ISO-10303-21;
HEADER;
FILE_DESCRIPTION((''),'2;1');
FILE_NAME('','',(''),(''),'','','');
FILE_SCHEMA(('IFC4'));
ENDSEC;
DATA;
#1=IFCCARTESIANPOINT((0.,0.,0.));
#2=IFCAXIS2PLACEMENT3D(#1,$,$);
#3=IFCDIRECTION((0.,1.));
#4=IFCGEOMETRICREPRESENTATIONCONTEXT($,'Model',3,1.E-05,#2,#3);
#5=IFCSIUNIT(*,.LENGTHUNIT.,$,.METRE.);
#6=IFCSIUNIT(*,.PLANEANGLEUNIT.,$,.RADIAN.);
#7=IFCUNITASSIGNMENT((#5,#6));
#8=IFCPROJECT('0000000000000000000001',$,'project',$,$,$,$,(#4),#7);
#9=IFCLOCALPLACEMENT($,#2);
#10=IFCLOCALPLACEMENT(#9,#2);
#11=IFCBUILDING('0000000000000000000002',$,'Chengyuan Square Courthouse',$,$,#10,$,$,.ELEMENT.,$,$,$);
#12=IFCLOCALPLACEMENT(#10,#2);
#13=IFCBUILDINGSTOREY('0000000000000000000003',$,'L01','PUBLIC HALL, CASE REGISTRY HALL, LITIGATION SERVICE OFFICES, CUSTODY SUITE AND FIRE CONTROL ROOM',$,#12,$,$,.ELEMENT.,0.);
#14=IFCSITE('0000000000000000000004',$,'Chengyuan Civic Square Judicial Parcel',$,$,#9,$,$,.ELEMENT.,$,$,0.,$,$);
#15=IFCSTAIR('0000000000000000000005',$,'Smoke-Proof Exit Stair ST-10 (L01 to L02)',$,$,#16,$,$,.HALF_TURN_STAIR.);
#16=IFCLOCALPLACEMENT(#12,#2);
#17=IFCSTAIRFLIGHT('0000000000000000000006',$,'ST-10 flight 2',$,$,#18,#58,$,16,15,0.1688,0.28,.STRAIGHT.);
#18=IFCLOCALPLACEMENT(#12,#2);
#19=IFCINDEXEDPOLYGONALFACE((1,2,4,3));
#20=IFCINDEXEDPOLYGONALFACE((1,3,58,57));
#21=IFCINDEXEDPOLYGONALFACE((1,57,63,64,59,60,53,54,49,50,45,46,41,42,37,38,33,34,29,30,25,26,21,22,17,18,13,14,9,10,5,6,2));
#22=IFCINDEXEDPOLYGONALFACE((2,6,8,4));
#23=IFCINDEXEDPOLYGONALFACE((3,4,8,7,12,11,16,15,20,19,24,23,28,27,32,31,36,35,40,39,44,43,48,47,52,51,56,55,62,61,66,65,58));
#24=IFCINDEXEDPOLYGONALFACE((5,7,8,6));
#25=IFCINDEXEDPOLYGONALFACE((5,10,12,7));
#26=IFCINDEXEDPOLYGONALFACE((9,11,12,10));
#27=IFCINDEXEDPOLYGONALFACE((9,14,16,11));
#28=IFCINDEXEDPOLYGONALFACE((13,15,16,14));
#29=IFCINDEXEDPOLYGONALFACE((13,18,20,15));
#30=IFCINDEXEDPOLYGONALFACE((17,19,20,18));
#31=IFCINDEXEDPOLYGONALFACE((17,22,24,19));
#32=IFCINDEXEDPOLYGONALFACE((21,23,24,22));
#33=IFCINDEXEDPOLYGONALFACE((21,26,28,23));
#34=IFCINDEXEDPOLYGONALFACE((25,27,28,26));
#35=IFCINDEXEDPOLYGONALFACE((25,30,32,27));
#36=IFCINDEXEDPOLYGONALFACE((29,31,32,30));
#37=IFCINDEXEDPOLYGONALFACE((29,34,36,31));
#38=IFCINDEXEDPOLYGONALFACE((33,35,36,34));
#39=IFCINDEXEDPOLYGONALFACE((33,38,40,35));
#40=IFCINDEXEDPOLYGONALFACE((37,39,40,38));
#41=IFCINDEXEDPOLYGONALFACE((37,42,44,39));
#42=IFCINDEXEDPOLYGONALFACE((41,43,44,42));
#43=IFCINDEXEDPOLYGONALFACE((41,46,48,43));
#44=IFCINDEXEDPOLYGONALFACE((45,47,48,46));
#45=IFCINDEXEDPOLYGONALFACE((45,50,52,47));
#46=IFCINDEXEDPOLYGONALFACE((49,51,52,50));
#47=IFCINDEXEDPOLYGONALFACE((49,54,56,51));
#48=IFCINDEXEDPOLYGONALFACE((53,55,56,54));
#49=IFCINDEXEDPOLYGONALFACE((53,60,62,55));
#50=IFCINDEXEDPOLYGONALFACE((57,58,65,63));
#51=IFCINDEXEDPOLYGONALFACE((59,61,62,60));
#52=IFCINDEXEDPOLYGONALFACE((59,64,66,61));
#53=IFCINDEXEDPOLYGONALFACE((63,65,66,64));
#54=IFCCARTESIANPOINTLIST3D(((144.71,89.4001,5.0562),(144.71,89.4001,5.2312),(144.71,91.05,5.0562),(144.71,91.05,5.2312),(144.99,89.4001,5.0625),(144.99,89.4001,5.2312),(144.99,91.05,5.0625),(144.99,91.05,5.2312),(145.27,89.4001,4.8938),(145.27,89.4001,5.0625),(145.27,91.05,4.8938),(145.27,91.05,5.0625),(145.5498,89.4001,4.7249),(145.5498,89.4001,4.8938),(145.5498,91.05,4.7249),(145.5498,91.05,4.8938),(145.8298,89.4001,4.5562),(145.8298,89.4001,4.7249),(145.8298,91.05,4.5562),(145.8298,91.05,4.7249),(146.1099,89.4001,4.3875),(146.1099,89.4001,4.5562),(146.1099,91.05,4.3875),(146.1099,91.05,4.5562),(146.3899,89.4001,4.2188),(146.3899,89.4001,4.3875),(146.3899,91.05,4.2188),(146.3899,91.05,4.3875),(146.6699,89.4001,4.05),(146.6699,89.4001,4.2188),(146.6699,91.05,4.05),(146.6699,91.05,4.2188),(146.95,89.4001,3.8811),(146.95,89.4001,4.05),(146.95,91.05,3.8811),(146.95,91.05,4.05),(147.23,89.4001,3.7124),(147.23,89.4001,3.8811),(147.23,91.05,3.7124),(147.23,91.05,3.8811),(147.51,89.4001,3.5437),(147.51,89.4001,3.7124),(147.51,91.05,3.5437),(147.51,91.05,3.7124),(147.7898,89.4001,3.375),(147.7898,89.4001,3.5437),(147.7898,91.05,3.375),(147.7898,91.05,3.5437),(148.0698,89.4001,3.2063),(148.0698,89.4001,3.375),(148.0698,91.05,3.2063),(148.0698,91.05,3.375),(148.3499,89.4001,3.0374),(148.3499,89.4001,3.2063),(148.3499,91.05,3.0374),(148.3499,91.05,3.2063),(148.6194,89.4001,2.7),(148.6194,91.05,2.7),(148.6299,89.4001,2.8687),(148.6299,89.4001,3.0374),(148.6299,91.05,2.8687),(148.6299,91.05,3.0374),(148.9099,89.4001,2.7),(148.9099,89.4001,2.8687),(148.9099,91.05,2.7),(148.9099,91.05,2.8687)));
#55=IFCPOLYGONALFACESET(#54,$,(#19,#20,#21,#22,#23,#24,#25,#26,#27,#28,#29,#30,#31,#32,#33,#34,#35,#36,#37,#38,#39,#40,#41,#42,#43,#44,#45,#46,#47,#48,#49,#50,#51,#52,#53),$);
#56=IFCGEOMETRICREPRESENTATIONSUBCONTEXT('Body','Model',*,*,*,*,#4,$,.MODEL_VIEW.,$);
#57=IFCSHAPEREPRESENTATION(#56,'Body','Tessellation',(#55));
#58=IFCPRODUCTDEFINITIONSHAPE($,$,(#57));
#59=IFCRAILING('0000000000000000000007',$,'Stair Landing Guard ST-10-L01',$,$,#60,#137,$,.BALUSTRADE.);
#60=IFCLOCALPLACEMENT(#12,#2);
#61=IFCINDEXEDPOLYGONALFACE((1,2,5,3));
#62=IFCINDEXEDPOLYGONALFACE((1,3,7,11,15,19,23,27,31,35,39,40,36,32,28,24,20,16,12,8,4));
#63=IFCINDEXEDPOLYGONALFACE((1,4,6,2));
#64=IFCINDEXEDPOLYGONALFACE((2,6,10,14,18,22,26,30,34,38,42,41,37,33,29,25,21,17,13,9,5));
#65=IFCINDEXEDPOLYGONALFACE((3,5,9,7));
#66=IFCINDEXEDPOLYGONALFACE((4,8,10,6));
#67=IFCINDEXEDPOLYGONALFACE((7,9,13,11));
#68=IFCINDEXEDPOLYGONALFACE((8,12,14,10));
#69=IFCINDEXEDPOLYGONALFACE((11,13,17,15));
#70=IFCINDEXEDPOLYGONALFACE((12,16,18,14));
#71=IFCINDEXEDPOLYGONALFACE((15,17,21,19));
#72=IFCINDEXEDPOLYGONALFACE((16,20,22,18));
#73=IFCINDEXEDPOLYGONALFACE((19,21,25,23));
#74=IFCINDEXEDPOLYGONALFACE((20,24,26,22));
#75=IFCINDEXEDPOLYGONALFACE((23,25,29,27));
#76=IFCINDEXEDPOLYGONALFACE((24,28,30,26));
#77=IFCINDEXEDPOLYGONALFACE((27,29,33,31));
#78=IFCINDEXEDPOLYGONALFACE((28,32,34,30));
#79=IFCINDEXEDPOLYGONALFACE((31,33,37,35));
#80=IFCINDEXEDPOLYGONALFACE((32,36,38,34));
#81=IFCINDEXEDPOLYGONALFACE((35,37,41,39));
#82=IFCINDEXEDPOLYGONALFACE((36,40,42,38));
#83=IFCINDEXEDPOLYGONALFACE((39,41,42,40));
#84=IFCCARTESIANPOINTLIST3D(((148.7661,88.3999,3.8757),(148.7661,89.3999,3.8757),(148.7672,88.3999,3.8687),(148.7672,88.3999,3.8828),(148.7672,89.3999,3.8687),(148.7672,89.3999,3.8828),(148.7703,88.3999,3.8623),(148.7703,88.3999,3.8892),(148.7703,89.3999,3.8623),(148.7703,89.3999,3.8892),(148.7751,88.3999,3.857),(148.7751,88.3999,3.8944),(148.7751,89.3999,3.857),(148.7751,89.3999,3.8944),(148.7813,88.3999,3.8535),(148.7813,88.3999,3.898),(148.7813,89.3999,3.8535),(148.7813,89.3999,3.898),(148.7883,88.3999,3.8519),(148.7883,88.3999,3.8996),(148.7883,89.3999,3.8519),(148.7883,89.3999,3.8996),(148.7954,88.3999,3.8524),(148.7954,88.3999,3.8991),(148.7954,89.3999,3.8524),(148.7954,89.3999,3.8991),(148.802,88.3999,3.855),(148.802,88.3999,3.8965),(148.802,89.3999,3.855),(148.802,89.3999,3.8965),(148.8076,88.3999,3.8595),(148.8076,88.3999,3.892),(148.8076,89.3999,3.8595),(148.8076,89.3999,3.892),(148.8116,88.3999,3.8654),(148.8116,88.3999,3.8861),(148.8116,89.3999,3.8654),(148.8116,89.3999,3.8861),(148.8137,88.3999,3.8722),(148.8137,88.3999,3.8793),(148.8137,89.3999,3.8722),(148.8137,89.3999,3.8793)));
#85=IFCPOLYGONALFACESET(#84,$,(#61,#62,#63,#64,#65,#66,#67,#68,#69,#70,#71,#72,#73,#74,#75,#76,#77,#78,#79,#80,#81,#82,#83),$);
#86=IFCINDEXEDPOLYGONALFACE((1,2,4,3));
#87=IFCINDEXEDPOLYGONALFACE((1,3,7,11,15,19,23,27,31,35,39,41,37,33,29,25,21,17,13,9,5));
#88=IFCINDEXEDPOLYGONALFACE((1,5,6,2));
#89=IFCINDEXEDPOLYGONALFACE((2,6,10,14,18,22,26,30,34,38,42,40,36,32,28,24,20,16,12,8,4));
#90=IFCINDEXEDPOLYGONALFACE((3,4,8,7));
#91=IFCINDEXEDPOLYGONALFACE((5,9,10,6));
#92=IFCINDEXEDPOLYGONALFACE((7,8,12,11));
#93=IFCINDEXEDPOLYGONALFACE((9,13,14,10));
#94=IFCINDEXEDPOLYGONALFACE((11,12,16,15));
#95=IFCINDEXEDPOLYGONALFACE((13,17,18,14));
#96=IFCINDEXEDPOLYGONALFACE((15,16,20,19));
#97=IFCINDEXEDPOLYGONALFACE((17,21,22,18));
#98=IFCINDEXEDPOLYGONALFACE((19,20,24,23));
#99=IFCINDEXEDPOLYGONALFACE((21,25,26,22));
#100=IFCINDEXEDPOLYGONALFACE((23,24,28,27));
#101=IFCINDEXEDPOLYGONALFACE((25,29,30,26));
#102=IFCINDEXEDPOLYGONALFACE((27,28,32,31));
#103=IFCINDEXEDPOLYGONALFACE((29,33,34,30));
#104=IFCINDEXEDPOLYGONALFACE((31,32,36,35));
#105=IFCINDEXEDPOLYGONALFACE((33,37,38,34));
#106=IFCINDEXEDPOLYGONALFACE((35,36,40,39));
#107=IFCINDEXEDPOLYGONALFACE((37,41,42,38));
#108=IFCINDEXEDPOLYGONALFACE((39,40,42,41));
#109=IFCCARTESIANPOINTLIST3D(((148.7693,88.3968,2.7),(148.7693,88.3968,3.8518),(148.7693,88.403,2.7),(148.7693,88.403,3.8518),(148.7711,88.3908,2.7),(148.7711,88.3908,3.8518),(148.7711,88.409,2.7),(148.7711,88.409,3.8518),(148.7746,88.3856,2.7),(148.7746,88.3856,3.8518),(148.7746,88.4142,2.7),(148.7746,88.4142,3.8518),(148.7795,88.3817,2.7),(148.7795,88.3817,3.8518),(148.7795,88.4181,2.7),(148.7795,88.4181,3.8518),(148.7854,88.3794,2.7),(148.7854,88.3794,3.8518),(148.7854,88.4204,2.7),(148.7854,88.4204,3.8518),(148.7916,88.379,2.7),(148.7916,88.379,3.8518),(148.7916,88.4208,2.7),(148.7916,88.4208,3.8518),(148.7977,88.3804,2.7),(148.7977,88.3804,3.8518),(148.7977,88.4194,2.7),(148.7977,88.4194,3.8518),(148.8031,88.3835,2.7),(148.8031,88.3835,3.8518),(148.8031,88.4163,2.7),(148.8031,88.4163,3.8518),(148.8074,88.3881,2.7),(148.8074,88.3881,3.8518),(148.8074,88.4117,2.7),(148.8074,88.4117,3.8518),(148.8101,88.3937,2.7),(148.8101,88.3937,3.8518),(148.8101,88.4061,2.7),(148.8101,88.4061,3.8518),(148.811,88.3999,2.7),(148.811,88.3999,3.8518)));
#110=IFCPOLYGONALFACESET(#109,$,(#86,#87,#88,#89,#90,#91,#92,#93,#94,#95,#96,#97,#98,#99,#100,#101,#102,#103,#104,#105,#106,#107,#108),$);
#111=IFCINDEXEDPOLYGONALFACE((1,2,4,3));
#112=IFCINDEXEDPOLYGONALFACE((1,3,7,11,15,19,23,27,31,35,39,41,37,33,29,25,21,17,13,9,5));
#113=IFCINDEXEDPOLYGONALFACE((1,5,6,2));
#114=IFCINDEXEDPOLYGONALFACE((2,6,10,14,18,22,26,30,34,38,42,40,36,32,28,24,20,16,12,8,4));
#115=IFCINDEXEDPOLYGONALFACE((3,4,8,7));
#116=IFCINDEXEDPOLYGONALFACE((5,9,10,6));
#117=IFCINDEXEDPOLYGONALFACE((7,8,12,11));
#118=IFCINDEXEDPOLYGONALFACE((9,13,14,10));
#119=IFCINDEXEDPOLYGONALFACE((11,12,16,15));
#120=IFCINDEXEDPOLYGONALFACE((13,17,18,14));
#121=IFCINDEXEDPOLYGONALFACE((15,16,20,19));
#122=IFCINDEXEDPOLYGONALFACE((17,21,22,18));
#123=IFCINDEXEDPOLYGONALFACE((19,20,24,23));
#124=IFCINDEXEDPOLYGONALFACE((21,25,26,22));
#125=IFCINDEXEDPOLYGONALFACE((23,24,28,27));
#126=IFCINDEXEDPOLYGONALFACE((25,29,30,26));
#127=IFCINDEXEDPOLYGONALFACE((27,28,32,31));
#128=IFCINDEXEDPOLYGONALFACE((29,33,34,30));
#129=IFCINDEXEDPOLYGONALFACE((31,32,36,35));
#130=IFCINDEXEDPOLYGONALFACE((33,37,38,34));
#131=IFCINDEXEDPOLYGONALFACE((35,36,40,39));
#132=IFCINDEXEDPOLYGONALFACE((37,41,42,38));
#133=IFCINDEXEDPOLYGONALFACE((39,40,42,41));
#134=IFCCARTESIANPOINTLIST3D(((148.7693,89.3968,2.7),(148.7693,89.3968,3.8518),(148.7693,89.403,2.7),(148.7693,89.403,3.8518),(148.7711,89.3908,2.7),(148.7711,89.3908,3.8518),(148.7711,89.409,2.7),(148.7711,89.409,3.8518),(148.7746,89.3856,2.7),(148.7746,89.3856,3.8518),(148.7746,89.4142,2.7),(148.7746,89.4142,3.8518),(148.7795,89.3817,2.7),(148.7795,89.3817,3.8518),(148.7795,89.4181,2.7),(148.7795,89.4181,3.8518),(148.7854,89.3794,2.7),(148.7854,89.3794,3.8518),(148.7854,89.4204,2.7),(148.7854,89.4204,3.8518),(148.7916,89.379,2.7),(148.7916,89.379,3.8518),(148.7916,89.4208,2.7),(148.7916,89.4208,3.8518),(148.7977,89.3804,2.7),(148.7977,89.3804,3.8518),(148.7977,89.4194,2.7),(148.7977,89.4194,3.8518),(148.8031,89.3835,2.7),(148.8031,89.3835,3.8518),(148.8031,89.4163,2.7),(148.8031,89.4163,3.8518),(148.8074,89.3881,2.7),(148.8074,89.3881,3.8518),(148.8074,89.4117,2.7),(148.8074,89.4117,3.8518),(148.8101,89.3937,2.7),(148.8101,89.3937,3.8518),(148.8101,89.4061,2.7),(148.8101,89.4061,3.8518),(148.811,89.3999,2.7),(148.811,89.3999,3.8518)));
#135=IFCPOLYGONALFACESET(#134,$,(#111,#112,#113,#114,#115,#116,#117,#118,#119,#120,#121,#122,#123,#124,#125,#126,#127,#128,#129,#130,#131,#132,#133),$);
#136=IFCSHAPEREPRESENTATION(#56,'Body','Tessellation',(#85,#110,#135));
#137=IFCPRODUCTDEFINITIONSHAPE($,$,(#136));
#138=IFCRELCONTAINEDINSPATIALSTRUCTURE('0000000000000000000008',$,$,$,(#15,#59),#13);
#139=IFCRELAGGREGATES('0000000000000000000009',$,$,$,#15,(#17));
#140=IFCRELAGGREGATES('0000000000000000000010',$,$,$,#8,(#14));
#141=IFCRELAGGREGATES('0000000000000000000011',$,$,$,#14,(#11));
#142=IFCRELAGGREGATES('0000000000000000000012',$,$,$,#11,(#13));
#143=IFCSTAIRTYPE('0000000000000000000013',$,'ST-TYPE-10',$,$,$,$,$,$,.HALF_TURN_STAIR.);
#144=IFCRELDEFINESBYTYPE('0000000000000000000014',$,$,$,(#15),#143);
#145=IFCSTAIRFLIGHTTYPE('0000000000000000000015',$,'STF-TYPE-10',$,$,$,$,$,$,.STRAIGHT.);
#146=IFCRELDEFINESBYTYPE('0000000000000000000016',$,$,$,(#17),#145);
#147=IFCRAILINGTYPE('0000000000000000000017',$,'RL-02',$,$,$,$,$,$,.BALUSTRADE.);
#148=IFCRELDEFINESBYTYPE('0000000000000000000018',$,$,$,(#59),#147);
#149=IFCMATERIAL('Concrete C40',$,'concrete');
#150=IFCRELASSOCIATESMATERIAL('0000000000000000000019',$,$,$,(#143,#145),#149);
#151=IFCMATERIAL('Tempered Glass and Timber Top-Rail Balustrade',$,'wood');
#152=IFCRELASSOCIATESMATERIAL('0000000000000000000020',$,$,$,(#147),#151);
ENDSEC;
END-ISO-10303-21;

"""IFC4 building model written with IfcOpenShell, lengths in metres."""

from ifc_helpers import new_model, si_unit, direction, frame, origin, origin_2d, place, context, subcontext, project, spatial, polyline, circle, outline, extrude, material, type_object, element, aggregate, save


model = new_model("IFC4")

# Units and contexts
model_context = context("Model", 3, precision=1e-05, world=origin(), true_north=direction((0.0, 1.0)))
body_context = subcontext(model_context, "Body", "Model", "MODEL_VIEW")
ifc_project = project(units=[si_unit("LENGTHUNIT", "METRE"), si_unit("PLANEANGLEUNIT", "RADIAN")], contexts=[model_context])

# Site, building, storey
site_placement = place(None, origin())
site = spatial("IfcSite", under=ifc_project, at=site_placement, Name="Chengyuan Civic Square Judicial Parcel", CompositionType="ELEMENT", RefElevation=0.0)
building_placement = place(site_placement, origin())
building = spatial("IfcBuilding", under=site, at=building_placement, Name="Chengyuan Square Courthouse", CompositionType="ELEMENT")
storey_placement = place(building_placement, origin())
storey = spatial("IfcBuildingStorey", under=building, at=storey_placement, Name="L01", Description="PUBLIC HALL, CASE REGISTRY HALL, LITIGATION SERVICE OFFICES, CUSTODY SUITE AND FIRE CONTROL ROOM", CompositionType="ELEMENT", Elevation=0.0)

# Stair, stair flight
ifc_material_1 = material(Name="Concrete C40", Category="concrete")
stair_type = type_object("IfcStairType", Name="ST-TYPE-10", PredefinedType="HALF_TURN_STAIR", material=ifc_material_1)
stair_placement = place(storey_placement, origin())
stair = element("IfcStair", 1, at=stair_placement, inside=storey, type_object=stair_type, Name="Smoke-Proof Exit Stair ST-10 (L01 to L02)", PredefinedType="HALF_TURN_STAIR")
stair_flight_type = type_object("IfcStairFlightType", Name="STF-TYPE-10", PredefinedType="STRAIGHT", material=ifc_material_1)
stair_flight_placement = place(storey_placement, frame((148.9099, 90.2251, 2.7), z_axis=(0.0, 0.0, 1.0), x_axis=(-1.0, 0.0, 0.0)))
stair_flight = element("IfcStairFlight", 2, at=stair_flight_placement, type_object=stair_flight_type, Name="ST-10 flight 2", NumberOfRisers=16, NumberOfTreads=15, PredefinedType="STRAIGHT", RiserHeight=0.1688, TreadLength=0.28, context=body_context, shape_type="SweptSolid", body=[
    extrude(outline(polyline([(0.0, 0.0), (0.0, 0.1687), (0.28, 0.1687), (0.28, 0.3374), (0.5601, 0.3374), (0.5601, 0.5063), (0.8401, 0.5063), (0.8401, 0.675), (1.1201, 0.675), (1.1201, 0.8438), (1.3999, 0.8438), (1.3999, 1.0125), (1.6799, 1.0125), (1.6799, 1.1812), (1.96, 1.1812), (1.96, 1.3501), (2.24, 1.3501), (2.24, 1.5188), (2.52, 1.5188), (2.52, 1.6875), (2.8, 1.6875), (2.8, 1.8562), (3.0801, 1.8562), (3.0801, 2.0249), (3.3601, 2.0249), (3.3601, 2.1938), (3.6399, 2.1938), (3.6399, 2.3625), (3.9199, 2.3625), (3.9199, 2.5312), (4.2, 2.5312), (4.2, 2.7), (4.2, 2.3562), (0.2905, 0.0), (0.0, 0.0)])), frame((0.0, 0.825, 0.0), z_axis=(0.0, -1.0, 0.0), x_axis=(1.0, 0.0, 0.0)), (0.0, 0.0, 1.0), 1.6499),
])
aggregate(stair, [stair_flight])

# Railing
ifc_material_2 = material(Name="Tempered Glass and Timber Top-Rail Balustrade", Category="wood")
railing_type_1 = type_object("IfcRailingType", Name="RL-02", PredefinedType="BALUSTRADE", material=ifc_material_2)
railing_1_placement = place(storey_placement, frame((148.79, 88.3999, 2.7)))
element("IfcRailing", 3, at=railing_1_placement, inside=storey, type_object=railing_type_1, Name="Stair Landing Guard ST-10-L01", PredefinedType="BALUSTRADE", context=body_context, shape_type="SweptSolid", body=[
    extrude(circle(Radius=0.0239, at=origin_2d()), frame((0.0, 0.0, 1.1758), z_axis=(0.0, 1.0, 0.0), x_axis=(-1.0, 0.0, 0.0)), (0.0, 0.0, 1.0), 1.0),
    extrude(circle(Radius=0.021, at=origin_2d()), origin(), (0.0, 0.0, 1.0), 1.1519),
    extrude(circle(Radius=0.021, at=origin_2d()), frame((0.0, 1.0, 0.0)), (0.0, 0.0, 1.0), 1.1519),
])

save(model, "model.ifc")
